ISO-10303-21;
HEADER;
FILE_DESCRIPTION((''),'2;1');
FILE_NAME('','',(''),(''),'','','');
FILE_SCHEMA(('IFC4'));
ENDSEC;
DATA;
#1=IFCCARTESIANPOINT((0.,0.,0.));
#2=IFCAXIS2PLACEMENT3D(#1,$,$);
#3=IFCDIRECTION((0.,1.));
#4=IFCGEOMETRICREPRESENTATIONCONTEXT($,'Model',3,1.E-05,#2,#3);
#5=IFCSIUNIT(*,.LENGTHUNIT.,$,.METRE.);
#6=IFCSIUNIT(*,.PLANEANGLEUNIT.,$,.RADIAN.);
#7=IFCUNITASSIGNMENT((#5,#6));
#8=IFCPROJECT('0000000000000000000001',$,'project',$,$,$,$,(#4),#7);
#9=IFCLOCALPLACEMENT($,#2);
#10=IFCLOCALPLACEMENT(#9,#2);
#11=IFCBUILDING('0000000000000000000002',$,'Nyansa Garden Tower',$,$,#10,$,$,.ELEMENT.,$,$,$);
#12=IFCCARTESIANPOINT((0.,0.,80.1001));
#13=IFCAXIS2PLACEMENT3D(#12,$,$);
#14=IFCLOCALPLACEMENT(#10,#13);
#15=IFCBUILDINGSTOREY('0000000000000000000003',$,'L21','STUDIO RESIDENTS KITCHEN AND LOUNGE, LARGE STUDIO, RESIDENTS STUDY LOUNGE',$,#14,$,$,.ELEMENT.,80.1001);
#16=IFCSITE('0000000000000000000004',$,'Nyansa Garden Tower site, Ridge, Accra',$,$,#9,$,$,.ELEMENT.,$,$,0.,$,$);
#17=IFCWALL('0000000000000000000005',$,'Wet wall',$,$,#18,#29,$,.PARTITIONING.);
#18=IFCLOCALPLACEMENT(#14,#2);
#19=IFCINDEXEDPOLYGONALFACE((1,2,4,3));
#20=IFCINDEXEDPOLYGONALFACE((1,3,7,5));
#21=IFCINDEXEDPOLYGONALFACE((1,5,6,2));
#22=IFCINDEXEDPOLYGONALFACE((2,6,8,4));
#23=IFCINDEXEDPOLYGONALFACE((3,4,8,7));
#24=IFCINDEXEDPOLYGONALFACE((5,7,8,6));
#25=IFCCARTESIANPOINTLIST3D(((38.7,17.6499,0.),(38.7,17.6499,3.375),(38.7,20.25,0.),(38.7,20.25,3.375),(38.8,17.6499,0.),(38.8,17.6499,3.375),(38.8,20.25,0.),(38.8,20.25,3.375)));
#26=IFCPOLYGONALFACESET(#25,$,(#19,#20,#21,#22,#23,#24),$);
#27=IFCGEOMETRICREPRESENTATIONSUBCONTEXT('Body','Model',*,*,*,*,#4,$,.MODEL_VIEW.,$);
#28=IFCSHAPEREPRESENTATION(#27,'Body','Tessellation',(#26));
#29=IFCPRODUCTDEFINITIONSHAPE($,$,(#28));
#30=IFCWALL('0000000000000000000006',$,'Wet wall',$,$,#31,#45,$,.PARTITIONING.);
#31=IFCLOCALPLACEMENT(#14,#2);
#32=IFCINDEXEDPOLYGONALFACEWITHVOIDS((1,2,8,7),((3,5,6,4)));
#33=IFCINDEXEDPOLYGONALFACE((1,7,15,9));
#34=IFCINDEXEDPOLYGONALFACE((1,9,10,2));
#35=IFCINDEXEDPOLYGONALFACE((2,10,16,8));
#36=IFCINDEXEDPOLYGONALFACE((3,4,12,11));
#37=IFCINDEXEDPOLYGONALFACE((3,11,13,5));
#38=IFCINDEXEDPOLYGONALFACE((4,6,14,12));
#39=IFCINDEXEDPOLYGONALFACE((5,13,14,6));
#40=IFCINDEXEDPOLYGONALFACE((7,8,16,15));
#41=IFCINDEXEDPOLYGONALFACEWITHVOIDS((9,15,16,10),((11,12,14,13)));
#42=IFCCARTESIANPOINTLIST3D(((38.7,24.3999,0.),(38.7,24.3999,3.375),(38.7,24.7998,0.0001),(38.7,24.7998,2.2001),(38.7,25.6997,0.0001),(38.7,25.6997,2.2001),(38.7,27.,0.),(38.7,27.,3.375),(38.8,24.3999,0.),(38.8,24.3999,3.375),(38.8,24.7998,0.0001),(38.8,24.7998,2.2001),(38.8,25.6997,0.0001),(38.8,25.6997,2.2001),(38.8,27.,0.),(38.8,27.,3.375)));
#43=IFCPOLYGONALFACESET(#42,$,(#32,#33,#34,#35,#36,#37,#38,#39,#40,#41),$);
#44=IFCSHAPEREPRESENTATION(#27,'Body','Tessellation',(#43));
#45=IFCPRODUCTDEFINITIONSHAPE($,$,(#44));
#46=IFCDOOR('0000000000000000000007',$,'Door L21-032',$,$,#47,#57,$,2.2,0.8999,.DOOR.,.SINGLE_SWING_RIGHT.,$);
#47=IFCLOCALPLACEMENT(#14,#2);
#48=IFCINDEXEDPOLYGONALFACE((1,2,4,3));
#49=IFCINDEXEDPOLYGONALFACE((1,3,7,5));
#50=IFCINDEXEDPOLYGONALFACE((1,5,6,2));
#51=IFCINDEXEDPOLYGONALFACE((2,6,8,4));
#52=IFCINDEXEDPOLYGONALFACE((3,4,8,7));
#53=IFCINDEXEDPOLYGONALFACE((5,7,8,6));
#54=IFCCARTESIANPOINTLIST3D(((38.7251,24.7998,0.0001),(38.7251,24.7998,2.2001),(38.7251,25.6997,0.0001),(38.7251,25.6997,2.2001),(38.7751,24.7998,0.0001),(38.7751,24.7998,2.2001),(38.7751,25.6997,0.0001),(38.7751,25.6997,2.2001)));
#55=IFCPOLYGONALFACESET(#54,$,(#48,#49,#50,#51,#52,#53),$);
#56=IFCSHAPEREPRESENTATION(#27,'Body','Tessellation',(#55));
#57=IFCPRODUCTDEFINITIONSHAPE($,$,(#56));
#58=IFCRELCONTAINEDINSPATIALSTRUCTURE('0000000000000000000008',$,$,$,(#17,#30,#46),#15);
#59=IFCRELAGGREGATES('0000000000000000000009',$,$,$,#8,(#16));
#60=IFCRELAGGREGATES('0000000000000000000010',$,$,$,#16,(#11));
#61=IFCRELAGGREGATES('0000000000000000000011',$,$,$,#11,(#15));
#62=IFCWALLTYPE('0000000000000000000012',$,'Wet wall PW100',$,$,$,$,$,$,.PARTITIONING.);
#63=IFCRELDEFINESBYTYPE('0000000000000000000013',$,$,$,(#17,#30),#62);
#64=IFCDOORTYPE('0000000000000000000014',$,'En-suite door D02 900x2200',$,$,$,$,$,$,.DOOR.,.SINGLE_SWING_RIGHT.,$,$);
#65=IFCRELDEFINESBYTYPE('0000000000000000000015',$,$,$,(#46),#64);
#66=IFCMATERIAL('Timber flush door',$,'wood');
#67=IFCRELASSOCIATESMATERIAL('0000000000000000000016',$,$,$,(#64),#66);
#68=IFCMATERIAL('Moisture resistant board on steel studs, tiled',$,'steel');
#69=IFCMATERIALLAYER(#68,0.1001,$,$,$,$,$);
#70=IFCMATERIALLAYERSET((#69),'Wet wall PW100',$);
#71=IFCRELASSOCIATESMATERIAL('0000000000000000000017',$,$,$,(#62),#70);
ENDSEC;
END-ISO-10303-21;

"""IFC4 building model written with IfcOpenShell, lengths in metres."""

from ifc_helpers import new_model, si_unit, direction, frame, frame_2d, origin, place, context, subcontext, project, spatial, rectangle, extrude, material, layer, layer_set, type_object, element, fill, save


model = new_model("IFC4")

# Units and contexts
model_context = context("Model", 3, precision=1e-05, world=origin(), true_north=direction((0.0, 1.0)))
body_context = subcontext(model_context, "Body", "Model", "MODEL_VIEW")
ifc_project = project(units=[si_unit("LENGTHUNIT", "METRE"), si_unit("PLANEANGLEUNIT", "RADIAN")], contexts=[model_context])

# Site, building, storey
site_placement = place(None, origin())
site = spatial("IfcSite", under=ifc_project, at=site_placement, Name="Nyansa Garden Tower site, Ridge, Accra", CompositionType="ELEMENT", RefElevation=0.0)
building_placement = place(site_placement, origin())
building = spatial("IfcBuilding", under=site, at=building_placement, Name="Nyansa Garden Tower", CompositionType="ELEMENT")
storey_placement = place(building_placement, frame((0.0, 0.0, 80.1001)))
storey = spatial("IfcBuildingStorey", under=building, at=storey_placement, Name="L21", Description="STUDIO RESIDENTS KITCHEN AND LOUNGE, LARGE STUDIO, RESIDENTS STUDY LOUNGE", CompositionType="ELEMENT", Elevation=80.1001)

# Shared definitions
ifc_material_1 = material(Name="Timber flush door", Category="wood")
door_type_1 = type_object("IfcDoorType", Name="En-suite door D02 900x2200", OperationType="SINGLE_SWING_RIGHT", PredefinedType="DOOR", material=ifc_material_1)

# Wall
ifc_material_2 = material(Name="Moisture resistant board on steel studs, tiled", Category="steel")
ifc_layer_1 = layer(ifc_material_2, 0.1001)
ifc_layer_set_1 = layer_set([ifc_layer_1], Name="Wet wall PW100")
wall_type_1 = type_object("IfcWallType", Name="Wet wall PW100", PredefinedType="PARTITIONING", material=ifc_layer_set_1)
wall_1_placement = place(storey_placement, frame((38.75, 17.6499, 0.0), z_axis=(0.0, 0.0, 1.0), x_axis=(0.0, 1.0, 0.0)))
element("IfcWall", 1, at=wall_1_placement, inside=storey, type_object=wall_type_1, Name="Wet wall", PredefinedType="PARTITIONING", context=body_context, shape_type="SweptSolid", body=[
    extrude(rectangle(XDim=2.6001, YDim=0.1001, at=frame_2d((1.3, 0.0))), origin(), (0.0, 0.0, 1.0), 3.375),
])

# Wall, opening, door
wall_2_placement = place(storey_placement, frame((38.75, 24.3999, 0.0), z_axis=(0.0, 0.0, 1.0), x_axis=(0.0, 1.0, 0.0)))
wall_2 = element("IfcWall", 2, at=wall_2_placement, inside=storey, type_object=wall_type_1, Name="Wet wall", PredefinedType="PARTITIONING", context=body_context, shape_type="SweptSolid", body=[
    extrude(rectangle(XDim=2.6001, YDim=0.1001, at=frame_2d((1.3, 0.0))), origin(), (0.0, 0.0, 1.0), 3.375),
])
opening_1_placement = place(wall_2_placement, frame((0.3999, 0.0, 0.0)))
opening_1 = element("IfcOpeningElement", 3, at=opening_1_placement, cuts=wall_2, PredefinedType="OPENING", context=body_context, shape_type="SweptSolid", body=[
    extrude(rectangle(XDim=0.8999, YDim=2.2, at=frame_2d((0.45, 1.1001))), frame((0.0, 0.0601, 0.0), z_axis=(0.0, -1.0, 0.0), x_axis=(1.0, 0.0, 0.0)), (0.0, 0.0, 1.0), 0.1201),
])
door_1_placement = place(opening_1_placement, origin())
door_1 = element("IfcDoor", 4, at=door_1_placement, inside=storey, type_object=door_type_1, Name="Door L21-032", OperationType="SINGLE_SWING_RIGHT", OverallHeight=2.2, OverallWidth=0.8999, PredefinedType="DOOR", context=body_context, shape_type="SweptSolid", body=[
    extrude(rectangle(XDim=0.8999, YDim=2.2, at=frame_2d((0.45, 1.1001))), frame((0.0, 0.0249, 0.0), z_axis=(0.0, -1.0, 0.0), x_axis=(1.0, 0.0, 0.0)), (0.0, 0.0, 1.0), 0.05),
])
fill(opening_1, door_1)

save(model, "model.ifc")
